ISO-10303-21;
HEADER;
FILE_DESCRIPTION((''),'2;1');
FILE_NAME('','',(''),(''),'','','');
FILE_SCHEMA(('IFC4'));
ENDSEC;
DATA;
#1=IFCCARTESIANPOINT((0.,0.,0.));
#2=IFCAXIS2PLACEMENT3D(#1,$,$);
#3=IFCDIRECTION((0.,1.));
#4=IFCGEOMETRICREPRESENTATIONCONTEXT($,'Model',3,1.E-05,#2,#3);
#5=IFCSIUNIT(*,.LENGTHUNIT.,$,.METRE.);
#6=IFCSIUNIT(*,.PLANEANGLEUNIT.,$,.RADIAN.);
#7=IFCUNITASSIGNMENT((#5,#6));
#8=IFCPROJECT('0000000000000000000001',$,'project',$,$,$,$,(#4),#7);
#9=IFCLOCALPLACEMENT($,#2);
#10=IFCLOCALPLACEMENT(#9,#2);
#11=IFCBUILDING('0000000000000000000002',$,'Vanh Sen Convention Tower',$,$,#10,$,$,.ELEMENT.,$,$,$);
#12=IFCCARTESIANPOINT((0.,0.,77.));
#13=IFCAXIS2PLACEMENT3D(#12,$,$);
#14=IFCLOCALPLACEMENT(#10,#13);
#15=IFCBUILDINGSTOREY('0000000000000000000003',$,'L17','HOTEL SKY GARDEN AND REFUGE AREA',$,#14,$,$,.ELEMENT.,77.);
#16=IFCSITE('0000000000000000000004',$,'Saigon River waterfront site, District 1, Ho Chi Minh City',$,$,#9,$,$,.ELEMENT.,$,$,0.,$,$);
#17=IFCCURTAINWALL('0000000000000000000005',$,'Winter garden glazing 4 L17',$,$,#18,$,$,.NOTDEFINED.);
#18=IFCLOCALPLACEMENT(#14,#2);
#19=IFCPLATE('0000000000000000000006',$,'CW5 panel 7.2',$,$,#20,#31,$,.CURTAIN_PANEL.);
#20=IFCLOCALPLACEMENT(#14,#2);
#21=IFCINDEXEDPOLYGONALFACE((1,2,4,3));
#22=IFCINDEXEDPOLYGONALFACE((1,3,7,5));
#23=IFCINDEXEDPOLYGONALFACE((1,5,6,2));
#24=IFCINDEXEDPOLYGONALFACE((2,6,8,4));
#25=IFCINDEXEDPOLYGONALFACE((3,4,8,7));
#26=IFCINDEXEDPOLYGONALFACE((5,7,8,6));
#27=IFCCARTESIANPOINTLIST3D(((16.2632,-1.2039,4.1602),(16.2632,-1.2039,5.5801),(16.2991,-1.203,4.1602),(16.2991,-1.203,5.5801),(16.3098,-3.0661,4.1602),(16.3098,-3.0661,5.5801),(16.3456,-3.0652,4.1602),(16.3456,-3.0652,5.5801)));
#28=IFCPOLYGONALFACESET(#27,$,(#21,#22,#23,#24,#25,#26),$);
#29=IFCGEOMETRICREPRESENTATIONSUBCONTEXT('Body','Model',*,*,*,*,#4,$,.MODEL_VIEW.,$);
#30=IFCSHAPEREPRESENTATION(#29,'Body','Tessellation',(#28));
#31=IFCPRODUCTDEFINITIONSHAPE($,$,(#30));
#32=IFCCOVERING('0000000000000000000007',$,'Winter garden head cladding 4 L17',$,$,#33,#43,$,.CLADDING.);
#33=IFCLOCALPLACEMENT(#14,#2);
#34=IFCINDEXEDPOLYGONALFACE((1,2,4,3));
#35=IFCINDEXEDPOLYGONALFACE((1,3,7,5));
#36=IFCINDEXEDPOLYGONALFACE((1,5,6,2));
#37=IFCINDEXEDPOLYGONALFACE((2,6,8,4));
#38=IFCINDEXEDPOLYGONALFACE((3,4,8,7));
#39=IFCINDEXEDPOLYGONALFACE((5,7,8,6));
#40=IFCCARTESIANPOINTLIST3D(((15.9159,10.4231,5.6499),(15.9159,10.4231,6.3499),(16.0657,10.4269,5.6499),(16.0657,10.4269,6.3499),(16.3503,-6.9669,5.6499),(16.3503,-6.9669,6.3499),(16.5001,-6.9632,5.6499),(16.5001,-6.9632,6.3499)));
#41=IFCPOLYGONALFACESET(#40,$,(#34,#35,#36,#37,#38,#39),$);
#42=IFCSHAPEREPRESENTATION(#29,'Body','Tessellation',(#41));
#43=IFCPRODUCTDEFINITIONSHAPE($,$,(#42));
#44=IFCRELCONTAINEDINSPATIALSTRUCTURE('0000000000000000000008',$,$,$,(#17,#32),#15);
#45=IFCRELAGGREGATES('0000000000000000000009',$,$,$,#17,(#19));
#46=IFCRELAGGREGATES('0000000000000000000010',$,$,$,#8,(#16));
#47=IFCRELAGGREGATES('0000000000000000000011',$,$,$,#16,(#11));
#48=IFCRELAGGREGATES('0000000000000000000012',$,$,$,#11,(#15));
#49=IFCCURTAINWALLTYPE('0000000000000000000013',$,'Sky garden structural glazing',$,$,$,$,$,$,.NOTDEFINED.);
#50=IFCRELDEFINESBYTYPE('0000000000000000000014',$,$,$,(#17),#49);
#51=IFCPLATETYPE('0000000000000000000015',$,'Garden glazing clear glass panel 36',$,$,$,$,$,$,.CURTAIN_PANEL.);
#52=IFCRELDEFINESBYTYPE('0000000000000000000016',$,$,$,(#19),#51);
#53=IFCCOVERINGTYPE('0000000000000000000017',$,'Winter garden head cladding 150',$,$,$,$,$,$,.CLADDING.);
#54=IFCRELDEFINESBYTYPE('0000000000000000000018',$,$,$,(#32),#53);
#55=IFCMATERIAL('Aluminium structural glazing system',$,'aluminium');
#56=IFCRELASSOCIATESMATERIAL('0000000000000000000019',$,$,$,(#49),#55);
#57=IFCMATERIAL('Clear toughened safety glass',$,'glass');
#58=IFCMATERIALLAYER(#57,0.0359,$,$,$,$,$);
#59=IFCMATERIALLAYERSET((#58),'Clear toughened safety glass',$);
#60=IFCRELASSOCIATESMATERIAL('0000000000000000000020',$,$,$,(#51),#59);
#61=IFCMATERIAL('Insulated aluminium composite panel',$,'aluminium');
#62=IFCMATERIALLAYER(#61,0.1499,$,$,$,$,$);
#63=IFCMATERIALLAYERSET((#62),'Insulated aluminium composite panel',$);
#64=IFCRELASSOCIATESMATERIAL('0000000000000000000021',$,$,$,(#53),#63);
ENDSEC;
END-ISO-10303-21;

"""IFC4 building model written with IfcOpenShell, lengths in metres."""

from ifc_helpers import new_model, si_unit, direction, frame, origin, origin_2d, place, context, subcontext, project, spatial, rectangle, extrude, material, layer, layer_set, type_object, element, aggregate, save


model = new_model("IFC4")

# Units and contexts
model_context = context("Model", 3, precision=1e-05, world=origin(), true_north=direction((0.0, 1.0)))
body_context = subcontext(model_context, "Body", "Model", "MODEL_VIEW")
ifc_project = project(units=[si_unit("LENGTHUNIT", "METRE"), si_unit("PLANEANGLEUNIT", "RADIAN")], contexts=[model_context])

# Site, building, storey
site_placement = place(None, origin())
site = spatial("IfcSite", under=ifc_project, at=site_placement, Name="Saigon River waterfront site, District 1, Ho Chi Minh City", CompositionType="ELEMENT", RefElevation=0.0)
building_placement = place(site_placement, origin())
building = spatial("IfcBuilding", under=site, at=building_placement, Name="Vanh Sen Convention Tower", CompositionType="ELEMENT")
storey_placement = place(building_placement, frame((0.0, 0.0, 77.0)))
storey = spatial("IfcBuildingStorey", under=building, at=storey_placement, Name="L17", Description="HOTEL SKY GARDEN AND REFUGE AREA", CompositionType="ELEMENT", Elevation=77.0)

# Curtain wall, plate
ifc_material_1 = material(Name="Aluminium structural glazing system", Category="aluminium")
curtain_wall_type = type_object("IfcCurtainWallType", Name="Sky garden structural glazing", PredefinedType="NOTDEFINED", material=ifc_material_1)
curtain_wall_placement = place(storey_placement, origin())
curtain_wall = element("IfcCurtainWall", 1, at=curtain_wall_placement, inside=storey, type_object=curtain_wall_type, Name="Winter garden glazing 4 L17", PredefinedType="NOTDEFINED")
ifc_material_2 = material(Name="Clear toughened safety glass", Category="glass")
ifc_layer_1 = layer(ifc_material_2, 0.0359)
ifc_layer_set_1 = layer_set([ifc_layer_1], Name="Clear toughened safety glass")
plate_type = type_object("IfcPlateType", Name="Garden glazing clear glass panel 36", PredefinedType="CURTAIN_PANEL", material=ifc_layer_set_1)
plate_1_placement = place(storey_placement, frame((16.3044, -2.1345, 4.1602), z_axis=(0.0, 0.0, 1.0), x_axis=(0.024972, -0.999688, 0.0)))
plate_1 = element("IfcPlate", 2, at=plate_1_placement, type_object=plate_type, Name="CW5 panel 7.2", PredefinedType="CURTAIN_PANEL", context=body_context, shape_type="SweptSolid", body=[
    extrude(rectangle(XDim=1.8628, YDim=0.0359, at=origin_2d()), origin(), (0.0, 0.0, 1.0), 1.4199),
])
aggregate(curtain_wall, [plate_1])

# Covering
ifc_material_3 = material(Name="Insulated aluminium composite panel", Category="aluminium")
ifc_layer_2 = layer(ifc_material_3, 0.1499)
ifc_layer_set_2 = layer_set([ifc_layer_2], Name="Insulated aluminium composite panel")
covering_type = type_object("IfcCoveringType", Name="Winter garden head cladding 150", PredefinedType="CLADDING", material=ifc_layer_set_2)
covering_placement = place(storey_placement, frame((16.208, 1.73, 5.6499), z_axis=(0.0, 0.0, 1.0), x_axis=(0.024973, -0.999688, 0.0)))
element("IfcCovering", 3, at=covering_placement, inside=storey, type_object=covering_type, Name="Winter garden head cladding 4 L17", PredefinedType="CLADDING", context=body_context, shape_type="SweptSolid", body=[
    extrude(rectangle(XDim=17.3955, YDim=0.1499, at=origin_2d()), origin(), (0.0, 0.0, 1.0), 0.7),
])

save(model, "model.ifc")
